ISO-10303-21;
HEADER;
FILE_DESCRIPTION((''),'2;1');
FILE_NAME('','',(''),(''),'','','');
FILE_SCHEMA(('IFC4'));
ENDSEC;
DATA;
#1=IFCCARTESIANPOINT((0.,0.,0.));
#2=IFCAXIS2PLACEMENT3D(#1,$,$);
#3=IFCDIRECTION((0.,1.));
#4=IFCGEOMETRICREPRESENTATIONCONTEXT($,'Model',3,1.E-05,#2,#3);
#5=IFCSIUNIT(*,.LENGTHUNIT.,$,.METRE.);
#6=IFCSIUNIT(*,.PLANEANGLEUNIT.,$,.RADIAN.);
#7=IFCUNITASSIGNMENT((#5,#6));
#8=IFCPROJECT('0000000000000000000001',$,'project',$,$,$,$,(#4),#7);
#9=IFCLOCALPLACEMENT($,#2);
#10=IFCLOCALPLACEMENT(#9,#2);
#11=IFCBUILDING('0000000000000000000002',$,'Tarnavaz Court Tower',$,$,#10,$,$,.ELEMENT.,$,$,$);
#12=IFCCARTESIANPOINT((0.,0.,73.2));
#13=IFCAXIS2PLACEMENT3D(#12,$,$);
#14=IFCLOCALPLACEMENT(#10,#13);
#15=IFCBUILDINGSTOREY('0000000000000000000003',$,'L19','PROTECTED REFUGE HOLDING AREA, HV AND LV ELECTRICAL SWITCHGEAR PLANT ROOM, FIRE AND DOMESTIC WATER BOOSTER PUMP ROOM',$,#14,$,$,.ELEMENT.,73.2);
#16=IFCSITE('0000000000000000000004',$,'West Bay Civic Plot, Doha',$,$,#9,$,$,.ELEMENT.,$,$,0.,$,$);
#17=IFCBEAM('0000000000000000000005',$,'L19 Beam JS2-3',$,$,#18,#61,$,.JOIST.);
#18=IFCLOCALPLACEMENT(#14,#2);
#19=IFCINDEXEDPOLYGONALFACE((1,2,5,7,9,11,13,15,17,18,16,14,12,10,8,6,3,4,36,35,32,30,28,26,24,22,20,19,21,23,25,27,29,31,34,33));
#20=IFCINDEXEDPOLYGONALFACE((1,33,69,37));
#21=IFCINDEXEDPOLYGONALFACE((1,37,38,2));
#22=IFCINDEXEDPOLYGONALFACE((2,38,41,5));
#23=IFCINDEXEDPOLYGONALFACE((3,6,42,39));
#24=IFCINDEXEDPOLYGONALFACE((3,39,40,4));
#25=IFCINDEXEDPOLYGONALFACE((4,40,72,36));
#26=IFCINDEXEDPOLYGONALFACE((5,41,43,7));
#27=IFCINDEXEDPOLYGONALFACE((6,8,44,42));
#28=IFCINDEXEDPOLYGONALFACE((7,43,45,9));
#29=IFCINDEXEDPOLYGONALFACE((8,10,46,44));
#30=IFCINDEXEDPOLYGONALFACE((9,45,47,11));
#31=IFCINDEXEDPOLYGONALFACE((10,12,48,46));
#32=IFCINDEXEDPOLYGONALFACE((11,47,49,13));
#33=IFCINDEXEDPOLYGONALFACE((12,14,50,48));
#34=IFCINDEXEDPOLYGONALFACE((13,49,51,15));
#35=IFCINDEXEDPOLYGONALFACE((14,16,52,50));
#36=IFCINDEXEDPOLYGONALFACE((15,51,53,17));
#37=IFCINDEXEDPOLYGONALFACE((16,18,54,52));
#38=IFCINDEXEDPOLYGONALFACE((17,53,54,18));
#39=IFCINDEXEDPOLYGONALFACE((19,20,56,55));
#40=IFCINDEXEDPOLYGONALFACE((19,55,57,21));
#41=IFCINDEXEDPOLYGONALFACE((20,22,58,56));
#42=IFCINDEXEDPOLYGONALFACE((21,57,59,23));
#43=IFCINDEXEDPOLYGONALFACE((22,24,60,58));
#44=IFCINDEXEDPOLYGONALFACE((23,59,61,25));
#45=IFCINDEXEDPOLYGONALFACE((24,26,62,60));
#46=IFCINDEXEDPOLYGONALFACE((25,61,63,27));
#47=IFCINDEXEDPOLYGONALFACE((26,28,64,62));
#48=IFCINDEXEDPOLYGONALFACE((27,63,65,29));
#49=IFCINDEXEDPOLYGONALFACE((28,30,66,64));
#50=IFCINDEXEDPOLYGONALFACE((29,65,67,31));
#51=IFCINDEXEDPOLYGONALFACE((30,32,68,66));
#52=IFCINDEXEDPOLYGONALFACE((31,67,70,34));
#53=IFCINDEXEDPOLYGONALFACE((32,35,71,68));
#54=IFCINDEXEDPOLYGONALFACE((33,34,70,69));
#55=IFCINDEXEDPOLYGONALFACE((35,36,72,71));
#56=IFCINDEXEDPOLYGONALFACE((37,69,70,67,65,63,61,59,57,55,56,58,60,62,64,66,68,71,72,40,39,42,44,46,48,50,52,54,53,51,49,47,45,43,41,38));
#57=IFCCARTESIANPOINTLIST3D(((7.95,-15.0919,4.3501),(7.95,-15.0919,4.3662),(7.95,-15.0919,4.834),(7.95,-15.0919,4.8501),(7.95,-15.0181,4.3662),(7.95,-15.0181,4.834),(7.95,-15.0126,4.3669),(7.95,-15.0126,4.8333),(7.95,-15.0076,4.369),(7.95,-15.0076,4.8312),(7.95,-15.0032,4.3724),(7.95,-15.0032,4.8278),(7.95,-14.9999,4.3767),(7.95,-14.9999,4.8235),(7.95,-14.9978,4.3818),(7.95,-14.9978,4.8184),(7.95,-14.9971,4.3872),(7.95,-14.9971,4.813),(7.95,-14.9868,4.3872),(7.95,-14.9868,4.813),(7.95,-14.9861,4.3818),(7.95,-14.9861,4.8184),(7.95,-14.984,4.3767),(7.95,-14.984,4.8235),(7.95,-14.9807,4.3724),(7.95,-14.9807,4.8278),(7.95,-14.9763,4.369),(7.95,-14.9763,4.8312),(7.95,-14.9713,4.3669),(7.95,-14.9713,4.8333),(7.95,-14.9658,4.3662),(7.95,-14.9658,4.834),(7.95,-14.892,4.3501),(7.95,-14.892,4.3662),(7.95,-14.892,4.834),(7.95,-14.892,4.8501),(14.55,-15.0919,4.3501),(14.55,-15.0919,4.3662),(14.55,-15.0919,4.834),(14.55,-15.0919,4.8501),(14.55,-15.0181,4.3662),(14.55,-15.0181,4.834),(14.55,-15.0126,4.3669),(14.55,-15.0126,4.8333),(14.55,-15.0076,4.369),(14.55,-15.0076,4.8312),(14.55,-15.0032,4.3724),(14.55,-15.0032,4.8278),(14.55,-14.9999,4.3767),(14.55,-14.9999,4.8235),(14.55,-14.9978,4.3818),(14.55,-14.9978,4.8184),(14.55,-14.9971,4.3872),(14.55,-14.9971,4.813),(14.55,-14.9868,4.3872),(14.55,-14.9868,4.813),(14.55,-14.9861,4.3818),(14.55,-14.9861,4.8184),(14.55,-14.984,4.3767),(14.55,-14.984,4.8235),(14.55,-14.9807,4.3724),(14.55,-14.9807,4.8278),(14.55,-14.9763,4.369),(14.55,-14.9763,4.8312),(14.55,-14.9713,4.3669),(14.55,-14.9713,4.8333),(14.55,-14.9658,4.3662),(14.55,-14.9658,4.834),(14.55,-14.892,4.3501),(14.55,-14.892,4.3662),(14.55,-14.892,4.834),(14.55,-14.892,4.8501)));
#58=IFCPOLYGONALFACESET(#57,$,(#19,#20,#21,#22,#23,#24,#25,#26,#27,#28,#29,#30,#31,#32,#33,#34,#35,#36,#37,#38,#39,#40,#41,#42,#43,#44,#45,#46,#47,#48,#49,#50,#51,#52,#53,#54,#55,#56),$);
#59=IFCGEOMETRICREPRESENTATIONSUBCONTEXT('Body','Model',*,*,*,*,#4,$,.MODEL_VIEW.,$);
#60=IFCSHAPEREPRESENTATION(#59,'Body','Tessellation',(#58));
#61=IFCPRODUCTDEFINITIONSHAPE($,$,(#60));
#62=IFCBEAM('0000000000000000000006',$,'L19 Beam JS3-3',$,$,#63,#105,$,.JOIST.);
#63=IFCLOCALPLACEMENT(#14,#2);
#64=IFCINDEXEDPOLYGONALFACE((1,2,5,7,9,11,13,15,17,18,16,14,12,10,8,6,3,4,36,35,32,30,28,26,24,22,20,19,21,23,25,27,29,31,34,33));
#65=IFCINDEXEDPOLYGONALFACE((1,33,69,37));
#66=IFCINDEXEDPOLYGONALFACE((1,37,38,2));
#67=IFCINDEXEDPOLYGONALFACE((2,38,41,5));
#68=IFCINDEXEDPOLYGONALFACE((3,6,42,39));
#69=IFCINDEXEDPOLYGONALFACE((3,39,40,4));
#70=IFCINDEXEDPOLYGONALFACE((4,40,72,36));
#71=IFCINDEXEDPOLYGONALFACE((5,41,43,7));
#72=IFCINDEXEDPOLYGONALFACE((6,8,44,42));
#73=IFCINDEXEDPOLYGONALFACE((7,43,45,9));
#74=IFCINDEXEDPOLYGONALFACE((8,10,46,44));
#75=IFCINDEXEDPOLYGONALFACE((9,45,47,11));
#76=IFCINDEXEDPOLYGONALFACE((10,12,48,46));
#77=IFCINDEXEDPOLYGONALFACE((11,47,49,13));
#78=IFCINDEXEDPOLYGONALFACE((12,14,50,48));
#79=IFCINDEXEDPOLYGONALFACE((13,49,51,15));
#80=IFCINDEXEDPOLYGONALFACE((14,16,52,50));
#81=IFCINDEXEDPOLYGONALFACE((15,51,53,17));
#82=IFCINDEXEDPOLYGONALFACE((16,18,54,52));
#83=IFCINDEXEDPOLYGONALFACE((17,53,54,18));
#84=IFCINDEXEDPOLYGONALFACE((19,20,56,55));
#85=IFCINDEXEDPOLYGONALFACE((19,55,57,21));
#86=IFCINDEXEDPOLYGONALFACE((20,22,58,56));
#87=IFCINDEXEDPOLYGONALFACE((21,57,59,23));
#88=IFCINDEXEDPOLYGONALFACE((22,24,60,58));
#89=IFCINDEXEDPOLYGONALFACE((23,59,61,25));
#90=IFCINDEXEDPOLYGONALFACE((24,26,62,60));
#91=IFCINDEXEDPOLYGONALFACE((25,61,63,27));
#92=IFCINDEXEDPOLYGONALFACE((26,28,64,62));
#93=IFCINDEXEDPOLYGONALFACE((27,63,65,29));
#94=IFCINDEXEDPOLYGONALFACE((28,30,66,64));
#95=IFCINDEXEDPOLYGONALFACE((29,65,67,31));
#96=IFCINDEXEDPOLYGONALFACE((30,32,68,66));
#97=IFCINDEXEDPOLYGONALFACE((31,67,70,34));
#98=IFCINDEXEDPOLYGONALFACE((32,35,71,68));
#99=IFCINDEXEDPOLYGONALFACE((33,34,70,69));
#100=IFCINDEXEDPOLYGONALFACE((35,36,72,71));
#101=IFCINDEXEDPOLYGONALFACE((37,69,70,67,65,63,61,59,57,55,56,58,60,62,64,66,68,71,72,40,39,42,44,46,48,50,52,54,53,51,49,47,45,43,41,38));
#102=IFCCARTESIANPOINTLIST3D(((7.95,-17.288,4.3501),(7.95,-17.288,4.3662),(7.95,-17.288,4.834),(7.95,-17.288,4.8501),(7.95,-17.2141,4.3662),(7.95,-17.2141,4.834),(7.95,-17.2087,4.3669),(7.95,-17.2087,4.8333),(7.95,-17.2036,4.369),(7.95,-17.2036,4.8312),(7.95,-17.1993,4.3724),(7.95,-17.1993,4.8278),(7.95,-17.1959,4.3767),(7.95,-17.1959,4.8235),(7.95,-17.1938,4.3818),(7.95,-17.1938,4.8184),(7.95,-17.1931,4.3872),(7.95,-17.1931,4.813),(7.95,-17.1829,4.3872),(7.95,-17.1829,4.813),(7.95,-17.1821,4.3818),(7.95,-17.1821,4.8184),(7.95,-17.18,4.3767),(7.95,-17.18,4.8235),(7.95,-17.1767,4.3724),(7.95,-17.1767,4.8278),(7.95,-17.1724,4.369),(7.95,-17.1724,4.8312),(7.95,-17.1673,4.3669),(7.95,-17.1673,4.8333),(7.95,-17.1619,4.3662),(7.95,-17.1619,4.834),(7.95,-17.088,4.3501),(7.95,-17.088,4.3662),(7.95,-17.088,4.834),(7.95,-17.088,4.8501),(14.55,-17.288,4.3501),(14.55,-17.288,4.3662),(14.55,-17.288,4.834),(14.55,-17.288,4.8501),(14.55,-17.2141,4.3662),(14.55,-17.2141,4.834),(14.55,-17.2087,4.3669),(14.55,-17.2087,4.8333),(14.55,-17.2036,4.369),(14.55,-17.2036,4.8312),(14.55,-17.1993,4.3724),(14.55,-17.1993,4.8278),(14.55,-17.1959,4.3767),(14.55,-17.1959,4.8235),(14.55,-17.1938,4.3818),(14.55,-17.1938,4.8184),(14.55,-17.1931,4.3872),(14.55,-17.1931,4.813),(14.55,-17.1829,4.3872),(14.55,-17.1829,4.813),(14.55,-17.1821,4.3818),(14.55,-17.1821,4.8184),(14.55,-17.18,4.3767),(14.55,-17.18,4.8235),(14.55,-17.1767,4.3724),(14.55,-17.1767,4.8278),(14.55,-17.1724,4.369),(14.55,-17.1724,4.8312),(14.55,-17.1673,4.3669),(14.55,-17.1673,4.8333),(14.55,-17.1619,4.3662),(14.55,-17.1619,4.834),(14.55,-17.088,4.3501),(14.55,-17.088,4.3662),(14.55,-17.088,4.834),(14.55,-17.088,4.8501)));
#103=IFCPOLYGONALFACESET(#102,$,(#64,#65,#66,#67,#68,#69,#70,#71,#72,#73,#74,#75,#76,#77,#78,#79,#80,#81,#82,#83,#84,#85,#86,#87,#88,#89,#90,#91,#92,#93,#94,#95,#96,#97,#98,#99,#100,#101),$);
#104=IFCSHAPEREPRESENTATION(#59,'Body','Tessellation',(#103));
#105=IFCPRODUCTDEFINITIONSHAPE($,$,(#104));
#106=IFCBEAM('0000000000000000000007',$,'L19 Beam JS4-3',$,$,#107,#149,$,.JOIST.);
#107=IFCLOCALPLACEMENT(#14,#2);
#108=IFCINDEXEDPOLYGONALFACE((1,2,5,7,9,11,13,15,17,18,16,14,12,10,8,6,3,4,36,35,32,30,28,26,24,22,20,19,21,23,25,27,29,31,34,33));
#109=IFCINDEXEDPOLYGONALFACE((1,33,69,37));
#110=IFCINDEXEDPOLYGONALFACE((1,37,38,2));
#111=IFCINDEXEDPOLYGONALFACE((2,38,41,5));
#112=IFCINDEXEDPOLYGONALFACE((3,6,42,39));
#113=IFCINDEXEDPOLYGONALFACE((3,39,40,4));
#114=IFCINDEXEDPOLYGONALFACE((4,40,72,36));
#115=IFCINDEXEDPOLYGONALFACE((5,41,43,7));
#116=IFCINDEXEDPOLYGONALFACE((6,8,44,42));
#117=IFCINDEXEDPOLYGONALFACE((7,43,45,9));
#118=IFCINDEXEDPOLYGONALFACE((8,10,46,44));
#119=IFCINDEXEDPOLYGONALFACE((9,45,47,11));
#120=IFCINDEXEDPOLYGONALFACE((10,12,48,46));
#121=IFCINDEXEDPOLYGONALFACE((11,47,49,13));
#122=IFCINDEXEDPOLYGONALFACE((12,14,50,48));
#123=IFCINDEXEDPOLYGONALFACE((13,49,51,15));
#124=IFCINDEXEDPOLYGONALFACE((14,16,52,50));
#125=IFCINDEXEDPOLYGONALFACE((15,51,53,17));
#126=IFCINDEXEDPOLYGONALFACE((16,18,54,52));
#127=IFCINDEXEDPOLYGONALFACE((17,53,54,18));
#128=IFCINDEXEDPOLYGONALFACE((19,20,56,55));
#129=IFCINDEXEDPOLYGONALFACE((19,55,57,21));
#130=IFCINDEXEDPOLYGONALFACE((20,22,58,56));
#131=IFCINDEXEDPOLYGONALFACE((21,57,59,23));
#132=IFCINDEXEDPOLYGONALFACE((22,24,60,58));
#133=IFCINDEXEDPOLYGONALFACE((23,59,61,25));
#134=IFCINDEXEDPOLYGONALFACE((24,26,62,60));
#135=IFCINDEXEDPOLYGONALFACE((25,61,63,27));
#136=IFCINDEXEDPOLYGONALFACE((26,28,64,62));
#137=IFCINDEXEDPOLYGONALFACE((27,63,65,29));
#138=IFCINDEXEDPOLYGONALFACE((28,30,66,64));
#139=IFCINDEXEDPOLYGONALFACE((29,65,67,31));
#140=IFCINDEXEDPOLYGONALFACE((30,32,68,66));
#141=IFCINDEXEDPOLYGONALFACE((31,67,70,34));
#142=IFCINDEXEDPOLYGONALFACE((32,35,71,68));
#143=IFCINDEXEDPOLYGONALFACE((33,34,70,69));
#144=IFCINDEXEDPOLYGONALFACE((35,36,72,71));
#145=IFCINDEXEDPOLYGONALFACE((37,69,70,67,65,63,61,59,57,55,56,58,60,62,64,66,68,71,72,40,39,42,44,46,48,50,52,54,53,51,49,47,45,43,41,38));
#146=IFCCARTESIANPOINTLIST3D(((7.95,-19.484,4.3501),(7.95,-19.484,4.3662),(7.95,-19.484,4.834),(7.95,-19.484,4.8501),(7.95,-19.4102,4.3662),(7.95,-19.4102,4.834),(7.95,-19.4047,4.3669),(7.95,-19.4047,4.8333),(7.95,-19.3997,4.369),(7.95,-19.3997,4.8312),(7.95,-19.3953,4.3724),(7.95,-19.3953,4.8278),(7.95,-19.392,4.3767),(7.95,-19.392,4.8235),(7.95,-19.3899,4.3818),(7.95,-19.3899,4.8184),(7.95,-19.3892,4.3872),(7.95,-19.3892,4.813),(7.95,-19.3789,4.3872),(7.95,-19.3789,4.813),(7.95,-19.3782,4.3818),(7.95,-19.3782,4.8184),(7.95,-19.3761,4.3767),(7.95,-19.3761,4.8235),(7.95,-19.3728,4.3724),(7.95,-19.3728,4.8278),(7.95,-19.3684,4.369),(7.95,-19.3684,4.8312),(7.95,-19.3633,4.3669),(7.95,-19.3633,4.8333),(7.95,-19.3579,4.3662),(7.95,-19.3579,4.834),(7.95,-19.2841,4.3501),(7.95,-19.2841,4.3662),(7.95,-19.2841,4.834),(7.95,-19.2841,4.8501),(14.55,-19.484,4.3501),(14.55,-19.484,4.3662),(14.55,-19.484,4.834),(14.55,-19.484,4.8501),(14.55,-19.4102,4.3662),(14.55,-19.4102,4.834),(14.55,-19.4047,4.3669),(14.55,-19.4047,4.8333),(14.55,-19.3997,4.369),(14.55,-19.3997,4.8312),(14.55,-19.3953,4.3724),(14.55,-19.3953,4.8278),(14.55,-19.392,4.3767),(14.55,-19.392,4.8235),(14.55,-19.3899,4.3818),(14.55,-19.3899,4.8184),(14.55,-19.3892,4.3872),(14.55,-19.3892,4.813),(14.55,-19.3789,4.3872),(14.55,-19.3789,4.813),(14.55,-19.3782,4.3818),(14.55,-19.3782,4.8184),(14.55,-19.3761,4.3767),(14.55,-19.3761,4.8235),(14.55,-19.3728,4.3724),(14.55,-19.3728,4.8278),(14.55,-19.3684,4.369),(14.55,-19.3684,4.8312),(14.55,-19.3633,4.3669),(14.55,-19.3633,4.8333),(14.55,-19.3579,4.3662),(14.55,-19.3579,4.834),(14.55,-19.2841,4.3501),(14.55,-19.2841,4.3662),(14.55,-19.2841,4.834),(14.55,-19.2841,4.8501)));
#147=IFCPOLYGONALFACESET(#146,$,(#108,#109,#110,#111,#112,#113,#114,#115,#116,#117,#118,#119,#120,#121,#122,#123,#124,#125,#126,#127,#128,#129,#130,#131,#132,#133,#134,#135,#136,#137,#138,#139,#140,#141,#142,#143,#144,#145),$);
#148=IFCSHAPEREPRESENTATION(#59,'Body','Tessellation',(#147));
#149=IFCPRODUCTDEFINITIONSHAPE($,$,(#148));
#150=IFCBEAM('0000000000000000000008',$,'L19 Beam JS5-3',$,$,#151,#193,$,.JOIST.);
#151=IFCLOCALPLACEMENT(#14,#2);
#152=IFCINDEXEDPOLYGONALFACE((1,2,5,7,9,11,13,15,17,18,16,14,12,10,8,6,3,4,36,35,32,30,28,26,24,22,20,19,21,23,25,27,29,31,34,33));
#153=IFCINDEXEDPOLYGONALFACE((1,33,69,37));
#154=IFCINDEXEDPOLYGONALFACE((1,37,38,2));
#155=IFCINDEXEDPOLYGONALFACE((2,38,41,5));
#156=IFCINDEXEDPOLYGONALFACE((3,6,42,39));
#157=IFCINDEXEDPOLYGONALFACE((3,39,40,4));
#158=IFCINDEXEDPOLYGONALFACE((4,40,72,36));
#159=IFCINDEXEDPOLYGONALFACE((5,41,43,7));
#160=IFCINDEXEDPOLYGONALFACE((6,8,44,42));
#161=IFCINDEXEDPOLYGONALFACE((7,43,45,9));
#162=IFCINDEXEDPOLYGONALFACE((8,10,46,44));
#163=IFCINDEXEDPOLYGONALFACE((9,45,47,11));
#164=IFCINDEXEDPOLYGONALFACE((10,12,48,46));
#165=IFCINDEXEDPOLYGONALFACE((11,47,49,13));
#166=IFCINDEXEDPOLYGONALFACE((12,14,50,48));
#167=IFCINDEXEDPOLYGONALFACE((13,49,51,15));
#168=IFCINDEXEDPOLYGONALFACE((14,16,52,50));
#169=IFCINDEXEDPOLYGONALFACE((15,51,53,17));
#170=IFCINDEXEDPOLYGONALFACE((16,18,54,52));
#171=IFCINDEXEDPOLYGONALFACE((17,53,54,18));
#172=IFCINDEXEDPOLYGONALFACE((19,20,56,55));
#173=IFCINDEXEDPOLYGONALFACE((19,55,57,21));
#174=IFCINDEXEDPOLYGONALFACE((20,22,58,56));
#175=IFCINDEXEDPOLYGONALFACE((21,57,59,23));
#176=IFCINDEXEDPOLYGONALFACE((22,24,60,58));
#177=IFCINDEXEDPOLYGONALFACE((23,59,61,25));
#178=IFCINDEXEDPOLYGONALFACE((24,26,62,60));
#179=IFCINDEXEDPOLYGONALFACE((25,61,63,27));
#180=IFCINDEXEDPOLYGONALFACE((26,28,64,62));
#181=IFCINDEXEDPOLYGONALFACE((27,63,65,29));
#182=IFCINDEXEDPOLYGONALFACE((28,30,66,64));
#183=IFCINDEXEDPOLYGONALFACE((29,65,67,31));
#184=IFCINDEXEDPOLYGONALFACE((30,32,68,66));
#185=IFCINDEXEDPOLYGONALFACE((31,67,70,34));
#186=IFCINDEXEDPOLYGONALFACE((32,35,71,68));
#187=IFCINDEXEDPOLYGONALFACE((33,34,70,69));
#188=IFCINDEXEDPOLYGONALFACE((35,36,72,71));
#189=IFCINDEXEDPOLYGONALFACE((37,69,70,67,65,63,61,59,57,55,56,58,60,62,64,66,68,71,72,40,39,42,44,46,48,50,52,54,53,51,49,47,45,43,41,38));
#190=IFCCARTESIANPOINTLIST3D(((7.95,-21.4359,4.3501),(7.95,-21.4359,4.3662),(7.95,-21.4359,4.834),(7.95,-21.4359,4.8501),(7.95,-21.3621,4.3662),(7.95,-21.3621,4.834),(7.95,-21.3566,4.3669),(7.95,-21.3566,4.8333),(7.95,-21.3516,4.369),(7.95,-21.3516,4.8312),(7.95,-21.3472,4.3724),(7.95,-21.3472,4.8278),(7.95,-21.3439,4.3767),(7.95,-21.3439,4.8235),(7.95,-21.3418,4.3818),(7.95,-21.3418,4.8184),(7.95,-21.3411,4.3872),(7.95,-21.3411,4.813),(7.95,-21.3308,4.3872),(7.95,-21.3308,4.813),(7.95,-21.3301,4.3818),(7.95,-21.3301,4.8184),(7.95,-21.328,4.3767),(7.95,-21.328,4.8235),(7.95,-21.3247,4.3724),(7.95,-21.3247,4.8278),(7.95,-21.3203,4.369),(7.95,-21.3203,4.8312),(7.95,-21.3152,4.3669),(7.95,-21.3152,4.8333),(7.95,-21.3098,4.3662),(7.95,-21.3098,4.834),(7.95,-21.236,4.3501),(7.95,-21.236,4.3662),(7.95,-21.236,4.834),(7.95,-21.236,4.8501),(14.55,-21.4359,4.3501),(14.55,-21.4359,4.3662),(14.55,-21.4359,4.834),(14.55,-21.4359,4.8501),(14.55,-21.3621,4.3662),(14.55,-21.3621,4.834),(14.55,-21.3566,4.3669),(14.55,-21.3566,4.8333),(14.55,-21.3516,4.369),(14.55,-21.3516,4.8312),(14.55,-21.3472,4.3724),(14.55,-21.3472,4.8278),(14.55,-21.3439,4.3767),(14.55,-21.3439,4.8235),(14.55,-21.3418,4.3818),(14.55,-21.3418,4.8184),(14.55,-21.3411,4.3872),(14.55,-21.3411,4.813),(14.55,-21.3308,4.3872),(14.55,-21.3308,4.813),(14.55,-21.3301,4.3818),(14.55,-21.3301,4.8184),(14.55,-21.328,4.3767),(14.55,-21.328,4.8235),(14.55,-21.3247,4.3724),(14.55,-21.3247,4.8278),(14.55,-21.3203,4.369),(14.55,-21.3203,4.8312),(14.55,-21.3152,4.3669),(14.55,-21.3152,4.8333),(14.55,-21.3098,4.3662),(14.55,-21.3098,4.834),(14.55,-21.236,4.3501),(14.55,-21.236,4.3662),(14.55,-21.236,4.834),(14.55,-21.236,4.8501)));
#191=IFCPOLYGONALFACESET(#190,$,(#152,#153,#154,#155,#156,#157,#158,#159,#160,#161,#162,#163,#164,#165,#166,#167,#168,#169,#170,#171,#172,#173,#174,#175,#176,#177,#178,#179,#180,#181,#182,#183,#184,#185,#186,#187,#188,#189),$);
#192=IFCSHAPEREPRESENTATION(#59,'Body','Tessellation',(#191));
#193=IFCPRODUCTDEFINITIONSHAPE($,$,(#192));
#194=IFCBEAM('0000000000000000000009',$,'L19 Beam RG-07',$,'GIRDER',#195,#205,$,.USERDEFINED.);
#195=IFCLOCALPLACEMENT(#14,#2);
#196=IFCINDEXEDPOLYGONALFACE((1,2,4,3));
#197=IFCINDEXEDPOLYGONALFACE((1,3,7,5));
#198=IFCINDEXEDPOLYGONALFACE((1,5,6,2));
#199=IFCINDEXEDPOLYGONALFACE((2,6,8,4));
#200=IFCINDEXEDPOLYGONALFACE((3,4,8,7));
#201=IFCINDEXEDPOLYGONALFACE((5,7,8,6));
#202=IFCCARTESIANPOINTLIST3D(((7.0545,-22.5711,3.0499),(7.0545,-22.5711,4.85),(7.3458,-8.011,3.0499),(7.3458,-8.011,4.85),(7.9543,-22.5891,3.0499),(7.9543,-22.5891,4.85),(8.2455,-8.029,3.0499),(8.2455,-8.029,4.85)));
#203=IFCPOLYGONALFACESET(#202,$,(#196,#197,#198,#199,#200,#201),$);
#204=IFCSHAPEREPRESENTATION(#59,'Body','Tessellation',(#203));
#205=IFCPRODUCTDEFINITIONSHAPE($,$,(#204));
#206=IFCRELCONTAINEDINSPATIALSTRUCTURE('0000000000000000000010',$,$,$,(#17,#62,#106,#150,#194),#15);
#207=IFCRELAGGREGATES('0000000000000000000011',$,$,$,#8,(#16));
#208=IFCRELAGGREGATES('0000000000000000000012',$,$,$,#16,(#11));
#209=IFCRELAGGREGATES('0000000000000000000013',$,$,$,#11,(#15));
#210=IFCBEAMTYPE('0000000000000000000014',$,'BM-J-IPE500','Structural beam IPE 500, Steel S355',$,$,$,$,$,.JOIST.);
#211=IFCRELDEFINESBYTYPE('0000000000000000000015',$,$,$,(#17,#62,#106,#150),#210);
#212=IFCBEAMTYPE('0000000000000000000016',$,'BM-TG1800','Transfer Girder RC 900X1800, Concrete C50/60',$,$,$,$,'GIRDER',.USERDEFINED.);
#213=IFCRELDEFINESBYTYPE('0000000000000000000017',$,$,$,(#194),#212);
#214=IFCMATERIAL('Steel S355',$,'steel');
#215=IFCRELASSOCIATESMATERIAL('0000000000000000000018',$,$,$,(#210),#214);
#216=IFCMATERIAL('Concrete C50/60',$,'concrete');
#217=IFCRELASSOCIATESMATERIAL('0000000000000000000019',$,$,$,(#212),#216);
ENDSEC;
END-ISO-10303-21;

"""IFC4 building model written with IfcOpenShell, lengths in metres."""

from ifc_helpers import new_model, si_unit, direction, frame, origin, origin_2d, place, context, subcontext, project, spatial, rectangle, i_section, extrude, material, material_profile, profile_set, type_object, element, save


model = new_model("IFC4")

# Units and contexts
model_context = context("Model", 3, precision=1e-05, world=origin(), true_north=direction((0.0, 1.0)))
body_context = subcontext(model_context, "Body", "Model", "MODEL_VIEW")
ifc_project = project(units=[si_unit("LENGTHUNIT", "METRE"), si_unit("PLANEANGLEUNIT", "RADIAN")], contexts=[model_context])

# Site, building, storey
site_placement = place(None, origin())
site = spatial("IfcSite", under=ifc_project, at=site_placement, Name="West Bay Civic Plot, Doha", CompositionType="ELEMENT", RefElevation=0.0)
building_placement = place(site_placement, origin())
building = spatial("IfcBuilding", under=site, at=building_placement, Name="Tarnavaz Court Tower", CompositionType="ELEMENT")
storey_placement = place(building_placement, frame((0.0, 0.0, 73.2)))
storey = spatial("IfcBuildingStorey", under=building, at=storey_placement, Name="L19", Description="PROTECTED REFUGE HOLDING AREA, HV AND LV ELECTRICAL SWITCHGEAR PLANT ROOM, FIRE AND DOMESTIC WATER BOOSTER PUMP ROOM", CompositionType="ELEMENT", Elevation=73.2)

# Beams
ifc_material_1 = material(Name="Steel S355", Category="steel")
ifc_material_profile_1 = material_profile(ifc_material_1, i_section(OverallWidth=0.2, OverallDepth=0.5, WebThickness=0.0103, FlangeThickness=0.0161, FilletRadius=0.021, at=origin_2d()), Name="IPE 500")
ifc_profile_set_1 = profile_set([ifc_material_profile_1], Name="Steel S355")
beam_type_1 = type_object("IfcBeamType", Name="BM-J-IPE500", Description="Structural beam IPE 500, Steel S355", PredefinedType="JOIST", material=ifc_profile_set_1)
for number, where, z_axis, x_axis, name in (
    (1, (7.95, -14.9919, 4.6001), (1.0, 0.0, 0.0), (0.0, 1.0, 0.0), "L19 Beam JS2-3"),
    (2, (7.95, -17.188, 4.6001), (1.0, 0.0, 0.0), (0.0, 1.0, 0.0), "L19 Beam JS3-3"),
    (3, (7.95, -19.384, 4.6001), (1.0, 0.0, 0.0), (0.0, 1.0, 0.0), "L19 Beam JS4-3"),
    (4, (7.95, -21.3359, 4.6001), (1.0, 0.0, 0.0), (0.0, 1.0, 0.0), "L19 Beam JS5-3"),
):
    element("IfcBeam", number, at=place(storey_placement, frame(where, z_axis=z_axis, x_axis=x_axis)), inside=storey, type_object=beam_type_1, Name=name, PredefinedType="JOIST", context=body_context, shape_type="SweptSolid", body=[
        extrude(i_section(OverallWidth=0.2, OverallDepth=0.5, WebThickness=0.0103, FlangeThickness=0.0161, FilletRadius=0.021, at=origin_2d()), origin(), (0.0, 0.0, 1.0), 6.6001),
    ])
ifc_material_2 = material(Name="Concrete C50/60", Category="concrete")
ifc_material_profile_2 = material_profile(ifc_material_2, rectangle(XDim=0.8999, YDim=1.8, at=origin_2d()), Name="RC 900X1800")
ifc_profile_set_2 = profile_set([ifc_material_profile_2], Name="Concrete C50/60")
beam_type_2 = type_object("IfcBeamType", Name="BM-TG1800", Description="Transfer Girder RC 900X1800, Concrete C50/60", ElementType="GIRDER", PredefinedType="USERDEFINED", material=ifc_profile_set_2)
beam_1_placement = place(storey_placement, frame((7.7957, -8.02, 3.95), z_axis=(-0.02, -0.9998, 0.0), x_axis=(0.9998, -0.02, 0.0)))
element("IfcBeam", 5, at=beam_1_placement, inside=storey, type_object=beam_type_2, Name="L19 Beam RG-07", ObjectType="GIRDER", PredefinedType="USERDEFINED", context=body_context, shape_type="SweptSolid", body=[
    extrude(rectangle(XDim=0.8999, YDim=1.8, at=origin_2d()), origin(), (0.0, 0.0, 1.0), 14.563),
])

save(model, "model.ifc")
